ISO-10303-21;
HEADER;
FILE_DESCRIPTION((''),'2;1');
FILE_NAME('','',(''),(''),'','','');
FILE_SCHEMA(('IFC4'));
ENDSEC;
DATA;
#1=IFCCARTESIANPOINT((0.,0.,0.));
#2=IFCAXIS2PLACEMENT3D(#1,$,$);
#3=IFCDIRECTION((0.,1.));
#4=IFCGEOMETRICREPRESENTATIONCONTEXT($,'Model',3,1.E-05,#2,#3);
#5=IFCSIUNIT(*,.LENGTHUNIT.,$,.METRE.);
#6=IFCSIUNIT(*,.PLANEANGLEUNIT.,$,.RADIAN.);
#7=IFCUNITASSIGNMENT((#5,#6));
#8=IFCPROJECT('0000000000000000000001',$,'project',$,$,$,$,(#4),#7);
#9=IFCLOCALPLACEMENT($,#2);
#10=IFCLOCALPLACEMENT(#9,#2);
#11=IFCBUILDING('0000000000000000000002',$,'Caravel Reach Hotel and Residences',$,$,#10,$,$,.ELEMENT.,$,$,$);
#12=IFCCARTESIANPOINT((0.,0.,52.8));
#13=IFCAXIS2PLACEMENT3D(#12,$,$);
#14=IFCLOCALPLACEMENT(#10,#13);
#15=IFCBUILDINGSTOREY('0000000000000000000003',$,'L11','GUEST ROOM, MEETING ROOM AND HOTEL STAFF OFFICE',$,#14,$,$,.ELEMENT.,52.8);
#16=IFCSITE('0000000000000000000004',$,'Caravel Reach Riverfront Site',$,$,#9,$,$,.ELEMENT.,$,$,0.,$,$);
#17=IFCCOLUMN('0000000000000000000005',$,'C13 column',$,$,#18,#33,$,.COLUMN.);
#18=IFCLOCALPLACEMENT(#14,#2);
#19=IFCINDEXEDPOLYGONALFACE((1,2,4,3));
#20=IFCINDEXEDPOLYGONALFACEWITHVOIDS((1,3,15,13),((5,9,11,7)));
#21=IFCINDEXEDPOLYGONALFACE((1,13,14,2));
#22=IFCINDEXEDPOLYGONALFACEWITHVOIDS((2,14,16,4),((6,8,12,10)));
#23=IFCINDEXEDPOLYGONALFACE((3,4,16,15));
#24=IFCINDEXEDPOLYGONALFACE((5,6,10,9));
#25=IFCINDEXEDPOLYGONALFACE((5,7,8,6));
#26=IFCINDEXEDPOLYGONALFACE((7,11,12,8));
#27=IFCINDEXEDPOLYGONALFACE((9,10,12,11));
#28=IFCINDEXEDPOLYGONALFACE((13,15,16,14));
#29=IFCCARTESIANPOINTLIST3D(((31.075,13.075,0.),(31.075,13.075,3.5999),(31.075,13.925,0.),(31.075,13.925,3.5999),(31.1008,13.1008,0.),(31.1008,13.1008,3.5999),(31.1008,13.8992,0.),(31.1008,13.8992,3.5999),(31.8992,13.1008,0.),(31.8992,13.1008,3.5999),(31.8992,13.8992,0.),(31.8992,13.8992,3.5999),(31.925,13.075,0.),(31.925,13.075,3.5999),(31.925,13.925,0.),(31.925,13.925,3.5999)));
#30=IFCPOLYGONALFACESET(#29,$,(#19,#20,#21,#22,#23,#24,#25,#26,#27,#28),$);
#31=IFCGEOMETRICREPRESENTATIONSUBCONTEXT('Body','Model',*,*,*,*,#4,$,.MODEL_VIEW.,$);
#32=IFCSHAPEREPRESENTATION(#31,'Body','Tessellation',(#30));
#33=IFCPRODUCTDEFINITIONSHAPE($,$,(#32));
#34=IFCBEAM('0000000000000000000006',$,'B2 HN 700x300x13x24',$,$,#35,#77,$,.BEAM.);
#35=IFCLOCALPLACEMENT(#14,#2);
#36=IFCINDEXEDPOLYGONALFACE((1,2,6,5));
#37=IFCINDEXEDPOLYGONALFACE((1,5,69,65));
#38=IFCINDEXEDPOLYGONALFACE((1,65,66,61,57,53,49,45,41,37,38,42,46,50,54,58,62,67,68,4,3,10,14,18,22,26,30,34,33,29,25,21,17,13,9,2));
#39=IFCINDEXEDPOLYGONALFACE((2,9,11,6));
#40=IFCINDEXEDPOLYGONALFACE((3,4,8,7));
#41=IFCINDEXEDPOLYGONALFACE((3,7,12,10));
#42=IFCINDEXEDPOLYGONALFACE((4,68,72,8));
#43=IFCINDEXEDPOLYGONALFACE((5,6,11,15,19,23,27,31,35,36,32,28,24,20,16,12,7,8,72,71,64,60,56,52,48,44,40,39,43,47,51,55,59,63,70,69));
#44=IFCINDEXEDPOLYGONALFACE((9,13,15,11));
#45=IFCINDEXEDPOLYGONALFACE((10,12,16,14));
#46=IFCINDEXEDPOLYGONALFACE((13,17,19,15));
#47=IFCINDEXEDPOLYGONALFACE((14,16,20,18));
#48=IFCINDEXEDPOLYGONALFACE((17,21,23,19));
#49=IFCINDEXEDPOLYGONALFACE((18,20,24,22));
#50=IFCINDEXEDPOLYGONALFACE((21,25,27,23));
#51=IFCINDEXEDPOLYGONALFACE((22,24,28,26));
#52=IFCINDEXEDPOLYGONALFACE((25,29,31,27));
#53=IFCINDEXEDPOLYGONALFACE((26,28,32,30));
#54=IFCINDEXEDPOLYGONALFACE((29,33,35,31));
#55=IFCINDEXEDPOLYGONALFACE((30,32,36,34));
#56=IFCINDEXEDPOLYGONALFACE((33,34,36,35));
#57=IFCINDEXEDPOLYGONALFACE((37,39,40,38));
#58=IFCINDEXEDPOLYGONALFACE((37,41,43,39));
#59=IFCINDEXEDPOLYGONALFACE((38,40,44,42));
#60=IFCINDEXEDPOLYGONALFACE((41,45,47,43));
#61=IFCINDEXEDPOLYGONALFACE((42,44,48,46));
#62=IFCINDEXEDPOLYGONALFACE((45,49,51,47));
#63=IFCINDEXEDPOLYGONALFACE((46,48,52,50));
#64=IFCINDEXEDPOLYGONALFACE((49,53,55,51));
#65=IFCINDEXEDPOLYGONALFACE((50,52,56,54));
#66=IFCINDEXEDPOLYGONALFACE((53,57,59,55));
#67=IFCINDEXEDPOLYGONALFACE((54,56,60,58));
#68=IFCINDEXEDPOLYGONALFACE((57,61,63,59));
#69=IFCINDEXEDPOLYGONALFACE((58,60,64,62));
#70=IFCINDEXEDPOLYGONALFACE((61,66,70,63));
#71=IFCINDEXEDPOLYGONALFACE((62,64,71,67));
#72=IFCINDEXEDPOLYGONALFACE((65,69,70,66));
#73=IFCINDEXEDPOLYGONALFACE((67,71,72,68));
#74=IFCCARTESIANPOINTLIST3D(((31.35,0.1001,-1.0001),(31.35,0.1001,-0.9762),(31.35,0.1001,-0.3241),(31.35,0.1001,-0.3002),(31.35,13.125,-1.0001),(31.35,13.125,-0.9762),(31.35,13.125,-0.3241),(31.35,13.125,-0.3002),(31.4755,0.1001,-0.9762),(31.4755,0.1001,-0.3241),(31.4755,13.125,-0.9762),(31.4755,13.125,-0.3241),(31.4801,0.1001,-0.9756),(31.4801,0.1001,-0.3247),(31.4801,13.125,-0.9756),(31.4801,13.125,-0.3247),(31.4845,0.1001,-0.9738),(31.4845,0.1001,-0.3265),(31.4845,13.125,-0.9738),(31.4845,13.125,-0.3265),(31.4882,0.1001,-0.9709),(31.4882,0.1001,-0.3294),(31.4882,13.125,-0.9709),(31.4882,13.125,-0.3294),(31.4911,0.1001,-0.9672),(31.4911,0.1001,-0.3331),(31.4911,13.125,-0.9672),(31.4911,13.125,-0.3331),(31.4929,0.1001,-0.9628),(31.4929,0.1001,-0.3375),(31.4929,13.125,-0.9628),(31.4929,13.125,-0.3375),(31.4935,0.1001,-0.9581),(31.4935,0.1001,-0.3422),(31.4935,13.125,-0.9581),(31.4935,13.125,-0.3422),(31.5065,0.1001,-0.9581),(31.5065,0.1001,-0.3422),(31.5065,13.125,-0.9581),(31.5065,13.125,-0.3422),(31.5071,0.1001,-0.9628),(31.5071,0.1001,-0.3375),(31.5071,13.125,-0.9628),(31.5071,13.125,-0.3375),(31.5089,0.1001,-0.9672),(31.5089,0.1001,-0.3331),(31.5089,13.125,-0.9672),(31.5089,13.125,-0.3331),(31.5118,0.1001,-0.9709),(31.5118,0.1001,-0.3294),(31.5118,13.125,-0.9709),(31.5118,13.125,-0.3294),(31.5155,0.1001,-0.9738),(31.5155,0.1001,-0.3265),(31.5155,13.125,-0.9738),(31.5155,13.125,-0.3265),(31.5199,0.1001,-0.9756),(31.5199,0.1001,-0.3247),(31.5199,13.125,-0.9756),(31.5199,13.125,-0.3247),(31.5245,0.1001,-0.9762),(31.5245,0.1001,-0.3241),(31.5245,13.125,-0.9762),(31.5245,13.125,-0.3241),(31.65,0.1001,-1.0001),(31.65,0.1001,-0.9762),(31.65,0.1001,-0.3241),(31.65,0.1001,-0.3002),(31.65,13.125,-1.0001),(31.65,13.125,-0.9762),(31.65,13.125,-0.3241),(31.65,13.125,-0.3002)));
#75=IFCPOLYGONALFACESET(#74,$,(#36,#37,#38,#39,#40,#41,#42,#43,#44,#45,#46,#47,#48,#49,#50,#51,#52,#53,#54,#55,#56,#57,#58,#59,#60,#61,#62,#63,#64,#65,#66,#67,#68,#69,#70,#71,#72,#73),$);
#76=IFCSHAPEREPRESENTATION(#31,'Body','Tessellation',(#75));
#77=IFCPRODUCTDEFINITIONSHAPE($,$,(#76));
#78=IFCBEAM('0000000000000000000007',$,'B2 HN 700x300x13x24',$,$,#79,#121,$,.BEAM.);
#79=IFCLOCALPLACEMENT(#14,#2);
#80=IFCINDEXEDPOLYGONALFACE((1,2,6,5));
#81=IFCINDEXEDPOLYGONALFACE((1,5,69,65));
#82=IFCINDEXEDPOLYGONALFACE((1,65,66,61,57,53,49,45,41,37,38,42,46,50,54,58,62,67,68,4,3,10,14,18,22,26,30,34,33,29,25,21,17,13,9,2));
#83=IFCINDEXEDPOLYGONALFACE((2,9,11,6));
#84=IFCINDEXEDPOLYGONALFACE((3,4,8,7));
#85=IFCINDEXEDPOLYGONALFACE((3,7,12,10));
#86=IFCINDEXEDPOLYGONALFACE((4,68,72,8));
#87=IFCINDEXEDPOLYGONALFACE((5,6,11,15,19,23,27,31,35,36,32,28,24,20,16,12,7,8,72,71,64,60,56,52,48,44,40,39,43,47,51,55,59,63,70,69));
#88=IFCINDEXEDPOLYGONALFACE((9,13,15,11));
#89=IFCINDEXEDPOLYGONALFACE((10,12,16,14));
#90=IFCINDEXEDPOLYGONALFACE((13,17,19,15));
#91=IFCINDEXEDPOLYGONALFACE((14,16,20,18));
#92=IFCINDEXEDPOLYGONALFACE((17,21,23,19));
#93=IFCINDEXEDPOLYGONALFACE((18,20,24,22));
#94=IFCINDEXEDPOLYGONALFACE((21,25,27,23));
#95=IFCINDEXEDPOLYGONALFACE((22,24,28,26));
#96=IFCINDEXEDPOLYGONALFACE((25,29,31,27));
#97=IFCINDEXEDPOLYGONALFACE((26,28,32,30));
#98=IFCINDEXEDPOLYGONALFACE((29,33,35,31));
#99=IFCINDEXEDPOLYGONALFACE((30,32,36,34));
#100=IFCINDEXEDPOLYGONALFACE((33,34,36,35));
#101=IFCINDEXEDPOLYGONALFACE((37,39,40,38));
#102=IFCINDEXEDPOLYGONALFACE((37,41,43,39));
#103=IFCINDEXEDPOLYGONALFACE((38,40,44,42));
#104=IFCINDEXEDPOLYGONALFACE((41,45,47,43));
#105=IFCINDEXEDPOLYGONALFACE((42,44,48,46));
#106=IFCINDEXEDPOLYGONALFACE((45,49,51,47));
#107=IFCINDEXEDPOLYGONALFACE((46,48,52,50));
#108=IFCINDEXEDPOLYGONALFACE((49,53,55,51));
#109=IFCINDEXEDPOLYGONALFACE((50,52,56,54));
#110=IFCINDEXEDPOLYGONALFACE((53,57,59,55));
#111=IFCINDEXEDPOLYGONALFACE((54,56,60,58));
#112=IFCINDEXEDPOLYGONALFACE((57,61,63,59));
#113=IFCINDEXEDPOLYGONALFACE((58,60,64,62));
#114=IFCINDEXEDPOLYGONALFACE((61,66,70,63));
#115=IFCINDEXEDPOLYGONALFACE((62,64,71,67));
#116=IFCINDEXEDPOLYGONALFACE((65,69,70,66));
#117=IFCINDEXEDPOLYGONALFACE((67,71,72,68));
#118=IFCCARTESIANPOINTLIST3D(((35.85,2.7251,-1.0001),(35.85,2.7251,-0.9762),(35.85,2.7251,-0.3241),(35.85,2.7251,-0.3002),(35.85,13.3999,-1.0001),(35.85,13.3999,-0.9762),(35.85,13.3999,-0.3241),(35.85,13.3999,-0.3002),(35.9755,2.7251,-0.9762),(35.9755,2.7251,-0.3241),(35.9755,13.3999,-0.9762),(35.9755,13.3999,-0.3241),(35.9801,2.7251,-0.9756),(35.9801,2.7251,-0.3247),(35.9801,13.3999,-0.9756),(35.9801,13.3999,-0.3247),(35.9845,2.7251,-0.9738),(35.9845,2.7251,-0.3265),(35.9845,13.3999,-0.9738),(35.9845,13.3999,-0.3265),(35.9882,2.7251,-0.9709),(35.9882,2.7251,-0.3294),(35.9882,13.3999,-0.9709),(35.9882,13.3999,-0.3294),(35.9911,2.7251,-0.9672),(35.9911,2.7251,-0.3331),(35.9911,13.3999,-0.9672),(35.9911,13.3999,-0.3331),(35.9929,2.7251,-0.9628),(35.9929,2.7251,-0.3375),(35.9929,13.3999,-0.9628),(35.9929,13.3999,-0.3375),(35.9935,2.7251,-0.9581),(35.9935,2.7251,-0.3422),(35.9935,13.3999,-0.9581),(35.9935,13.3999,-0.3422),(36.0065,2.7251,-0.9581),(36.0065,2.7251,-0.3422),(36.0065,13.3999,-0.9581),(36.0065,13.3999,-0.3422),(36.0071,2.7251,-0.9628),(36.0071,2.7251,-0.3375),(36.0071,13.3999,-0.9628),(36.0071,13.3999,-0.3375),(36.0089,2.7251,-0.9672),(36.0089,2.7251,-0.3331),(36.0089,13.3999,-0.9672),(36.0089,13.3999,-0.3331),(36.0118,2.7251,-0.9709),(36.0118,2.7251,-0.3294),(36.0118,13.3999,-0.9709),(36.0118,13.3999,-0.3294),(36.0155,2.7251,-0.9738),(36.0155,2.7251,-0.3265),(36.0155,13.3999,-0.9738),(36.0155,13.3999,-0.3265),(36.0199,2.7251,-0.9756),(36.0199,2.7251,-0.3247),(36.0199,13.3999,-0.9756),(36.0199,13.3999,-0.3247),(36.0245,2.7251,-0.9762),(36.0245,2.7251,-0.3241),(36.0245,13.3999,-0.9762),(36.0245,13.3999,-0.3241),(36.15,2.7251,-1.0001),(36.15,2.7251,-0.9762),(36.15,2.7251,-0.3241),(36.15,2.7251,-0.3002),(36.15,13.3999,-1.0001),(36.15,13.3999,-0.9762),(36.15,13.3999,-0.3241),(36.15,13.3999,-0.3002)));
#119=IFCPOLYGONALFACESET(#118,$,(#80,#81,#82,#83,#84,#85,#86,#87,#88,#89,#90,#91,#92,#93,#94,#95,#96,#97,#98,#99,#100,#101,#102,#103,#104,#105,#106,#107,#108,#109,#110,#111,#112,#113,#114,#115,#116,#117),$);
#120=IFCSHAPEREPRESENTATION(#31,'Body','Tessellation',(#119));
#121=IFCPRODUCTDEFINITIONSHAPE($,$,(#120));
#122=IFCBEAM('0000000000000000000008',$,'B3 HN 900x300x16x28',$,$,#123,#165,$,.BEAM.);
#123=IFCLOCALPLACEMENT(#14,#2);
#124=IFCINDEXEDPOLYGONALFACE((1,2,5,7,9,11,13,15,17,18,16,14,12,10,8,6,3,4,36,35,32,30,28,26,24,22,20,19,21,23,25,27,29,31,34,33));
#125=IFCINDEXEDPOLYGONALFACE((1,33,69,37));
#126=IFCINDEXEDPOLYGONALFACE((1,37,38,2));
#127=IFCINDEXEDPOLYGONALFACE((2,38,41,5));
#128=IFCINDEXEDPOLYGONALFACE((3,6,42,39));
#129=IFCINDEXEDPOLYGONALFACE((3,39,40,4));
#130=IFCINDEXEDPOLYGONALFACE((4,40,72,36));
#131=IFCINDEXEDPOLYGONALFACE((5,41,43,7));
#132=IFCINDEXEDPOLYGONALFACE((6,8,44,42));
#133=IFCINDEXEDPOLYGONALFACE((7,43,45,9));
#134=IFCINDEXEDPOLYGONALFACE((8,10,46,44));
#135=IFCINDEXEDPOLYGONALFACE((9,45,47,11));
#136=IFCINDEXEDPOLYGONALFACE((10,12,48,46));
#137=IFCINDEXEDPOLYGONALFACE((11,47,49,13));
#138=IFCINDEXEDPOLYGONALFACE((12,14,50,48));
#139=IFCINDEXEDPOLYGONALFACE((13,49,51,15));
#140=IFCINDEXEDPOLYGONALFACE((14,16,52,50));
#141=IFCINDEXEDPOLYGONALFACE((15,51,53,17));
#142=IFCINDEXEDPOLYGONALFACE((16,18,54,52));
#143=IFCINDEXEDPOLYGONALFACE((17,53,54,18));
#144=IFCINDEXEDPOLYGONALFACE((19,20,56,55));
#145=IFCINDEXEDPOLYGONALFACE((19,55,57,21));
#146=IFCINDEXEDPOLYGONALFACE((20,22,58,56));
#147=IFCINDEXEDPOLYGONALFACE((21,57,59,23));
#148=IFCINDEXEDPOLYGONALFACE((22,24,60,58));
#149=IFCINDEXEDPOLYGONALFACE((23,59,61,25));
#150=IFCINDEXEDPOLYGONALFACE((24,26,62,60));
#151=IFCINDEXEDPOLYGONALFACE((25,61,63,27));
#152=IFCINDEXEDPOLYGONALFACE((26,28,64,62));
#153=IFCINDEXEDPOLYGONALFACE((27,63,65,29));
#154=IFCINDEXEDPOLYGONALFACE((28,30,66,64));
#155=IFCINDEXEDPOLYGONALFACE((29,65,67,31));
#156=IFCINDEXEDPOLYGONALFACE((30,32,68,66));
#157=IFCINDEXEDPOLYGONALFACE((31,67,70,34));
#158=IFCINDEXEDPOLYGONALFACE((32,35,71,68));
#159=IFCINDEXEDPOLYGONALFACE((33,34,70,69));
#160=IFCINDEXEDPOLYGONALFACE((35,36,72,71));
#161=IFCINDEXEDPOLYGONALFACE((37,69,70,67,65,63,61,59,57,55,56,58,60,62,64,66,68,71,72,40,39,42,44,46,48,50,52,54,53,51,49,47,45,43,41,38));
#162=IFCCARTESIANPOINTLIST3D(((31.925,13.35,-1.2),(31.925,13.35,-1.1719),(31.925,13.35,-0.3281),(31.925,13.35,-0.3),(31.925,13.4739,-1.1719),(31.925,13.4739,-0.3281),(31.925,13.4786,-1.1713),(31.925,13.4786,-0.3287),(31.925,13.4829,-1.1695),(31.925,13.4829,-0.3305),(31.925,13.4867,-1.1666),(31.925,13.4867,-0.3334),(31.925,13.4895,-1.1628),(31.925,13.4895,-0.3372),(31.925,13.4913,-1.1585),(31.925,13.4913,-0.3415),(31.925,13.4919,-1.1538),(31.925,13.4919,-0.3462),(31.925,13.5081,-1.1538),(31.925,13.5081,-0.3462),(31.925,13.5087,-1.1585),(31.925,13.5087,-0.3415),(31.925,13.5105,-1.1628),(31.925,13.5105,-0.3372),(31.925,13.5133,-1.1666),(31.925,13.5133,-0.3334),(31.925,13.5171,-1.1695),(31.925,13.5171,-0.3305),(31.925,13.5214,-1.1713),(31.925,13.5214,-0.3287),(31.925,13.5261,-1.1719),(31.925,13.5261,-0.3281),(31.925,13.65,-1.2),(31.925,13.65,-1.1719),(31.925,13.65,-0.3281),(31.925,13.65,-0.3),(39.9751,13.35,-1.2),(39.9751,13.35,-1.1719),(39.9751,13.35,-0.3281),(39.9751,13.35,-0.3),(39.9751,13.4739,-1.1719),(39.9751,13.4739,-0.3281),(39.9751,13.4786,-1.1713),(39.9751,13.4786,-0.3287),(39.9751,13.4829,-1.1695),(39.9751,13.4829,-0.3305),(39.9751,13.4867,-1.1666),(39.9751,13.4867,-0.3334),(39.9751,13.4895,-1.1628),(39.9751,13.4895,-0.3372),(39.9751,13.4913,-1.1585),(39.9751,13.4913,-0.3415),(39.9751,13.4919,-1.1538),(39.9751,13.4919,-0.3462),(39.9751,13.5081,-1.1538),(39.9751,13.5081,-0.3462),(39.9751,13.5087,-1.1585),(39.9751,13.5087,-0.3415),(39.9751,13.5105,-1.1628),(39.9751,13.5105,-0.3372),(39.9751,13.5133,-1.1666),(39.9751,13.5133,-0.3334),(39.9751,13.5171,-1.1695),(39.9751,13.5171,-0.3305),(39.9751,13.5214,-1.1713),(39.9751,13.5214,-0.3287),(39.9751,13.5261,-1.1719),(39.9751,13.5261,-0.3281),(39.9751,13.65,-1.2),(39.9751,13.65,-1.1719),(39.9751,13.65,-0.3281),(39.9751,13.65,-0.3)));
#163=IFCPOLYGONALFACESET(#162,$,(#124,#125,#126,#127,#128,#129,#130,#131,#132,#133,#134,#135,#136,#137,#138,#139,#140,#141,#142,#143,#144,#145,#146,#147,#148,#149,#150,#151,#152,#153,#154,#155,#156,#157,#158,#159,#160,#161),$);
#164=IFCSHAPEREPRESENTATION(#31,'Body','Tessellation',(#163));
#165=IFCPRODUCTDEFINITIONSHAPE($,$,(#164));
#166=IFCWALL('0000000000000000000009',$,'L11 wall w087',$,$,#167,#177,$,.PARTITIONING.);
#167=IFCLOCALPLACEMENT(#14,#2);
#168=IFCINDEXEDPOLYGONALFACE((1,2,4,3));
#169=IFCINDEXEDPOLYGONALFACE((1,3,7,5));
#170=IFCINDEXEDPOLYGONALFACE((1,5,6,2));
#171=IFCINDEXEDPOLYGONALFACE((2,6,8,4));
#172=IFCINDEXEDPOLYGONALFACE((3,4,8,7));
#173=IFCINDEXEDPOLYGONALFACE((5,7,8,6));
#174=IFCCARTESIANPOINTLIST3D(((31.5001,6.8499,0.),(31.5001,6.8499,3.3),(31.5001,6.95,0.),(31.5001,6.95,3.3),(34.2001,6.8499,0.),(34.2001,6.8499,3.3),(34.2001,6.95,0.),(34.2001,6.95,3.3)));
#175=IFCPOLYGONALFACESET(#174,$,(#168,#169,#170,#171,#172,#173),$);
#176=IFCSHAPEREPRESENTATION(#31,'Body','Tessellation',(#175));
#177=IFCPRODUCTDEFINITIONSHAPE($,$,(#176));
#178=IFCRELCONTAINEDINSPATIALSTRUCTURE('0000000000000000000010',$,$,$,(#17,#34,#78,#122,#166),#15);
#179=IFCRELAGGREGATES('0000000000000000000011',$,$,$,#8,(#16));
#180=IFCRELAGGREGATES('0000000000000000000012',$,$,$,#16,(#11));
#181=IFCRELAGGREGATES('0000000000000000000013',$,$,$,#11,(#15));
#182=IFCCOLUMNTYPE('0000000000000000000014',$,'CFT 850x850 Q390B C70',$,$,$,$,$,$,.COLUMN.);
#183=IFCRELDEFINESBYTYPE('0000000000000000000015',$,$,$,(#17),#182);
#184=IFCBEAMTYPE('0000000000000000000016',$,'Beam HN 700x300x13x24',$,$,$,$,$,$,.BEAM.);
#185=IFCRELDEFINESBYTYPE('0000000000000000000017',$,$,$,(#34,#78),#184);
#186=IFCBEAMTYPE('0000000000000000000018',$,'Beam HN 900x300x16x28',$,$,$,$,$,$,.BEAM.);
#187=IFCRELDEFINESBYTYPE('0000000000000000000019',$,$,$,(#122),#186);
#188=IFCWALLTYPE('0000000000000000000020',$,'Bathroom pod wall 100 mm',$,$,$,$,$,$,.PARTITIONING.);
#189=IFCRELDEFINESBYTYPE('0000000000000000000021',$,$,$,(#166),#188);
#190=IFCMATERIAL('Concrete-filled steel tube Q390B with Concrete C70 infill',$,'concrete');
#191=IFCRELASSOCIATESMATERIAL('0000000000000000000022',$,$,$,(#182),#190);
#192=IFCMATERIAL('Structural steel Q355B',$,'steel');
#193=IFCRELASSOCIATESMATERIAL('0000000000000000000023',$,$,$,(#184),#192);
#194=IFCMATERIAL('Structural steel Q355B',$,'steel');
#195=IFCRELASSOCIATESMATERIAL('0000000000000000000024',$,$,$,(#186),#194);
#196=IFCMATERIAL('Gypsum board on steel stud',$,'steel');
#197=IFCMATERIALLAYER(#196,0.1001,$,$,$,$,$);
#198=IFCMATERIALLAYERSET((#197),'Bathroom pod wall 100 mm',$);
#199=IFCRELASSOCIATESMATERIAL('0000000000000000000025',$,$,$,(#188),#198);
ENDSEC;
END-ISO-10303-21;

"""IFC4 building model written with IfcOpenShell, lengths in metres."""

from ifc_helpers import new_model, si_unit, direction, frame, frame_2d, origin, origin_2d, place, context, subcontext, project, spatial, rectangle, hollow_rectangle, i_section, extrude, material, layer, layer_set, material_profile, profile_set, type_object, element, save


model = new_model("IFC4")

# Units and contexts
model_context = context("Model", 3, precision=1e-05, world=origin(), true_north=direction((0.0, 1.0)))
body_context = subcontext(model_context, "Body", "Model", "MODEL_VIEW")
ifc_project = project(units=[si_unit("LENGTHUNIT", "METRE"), si_unit("PLANEANGLEUNIT", "RADIAN")], contexts=[model_context])

# Site, building, storey
site_placement = place(None, origin())
site = spatial("IfcSite", under=ifc_project, at=site_placement, Name="Caravel Reach Riverfront Site", CompositionType="ELEMENT", RefElevation=0.0)
building_placement = place(site_placement, origin())
building = spatial("IfcBuilding", under=site, at=building_placement, Name="Caravel Reach Hotel and Residences", CompositionType="ELEMENT")
storey_placement = place(building_placement, frame((0.0, 0.0, 52.8)))
storey = spatial("IfcBuildingStorey", under=building, at=storey_placement, Name="L11", Description="GUEST ROOM, MEETING ROOM AND HOTEL STAFF OFFICE", CompositionType="ELEMENT", Elevation=52.8)

# Column
ifc_material_1 = material(Name="Concrete-filled steel tube Q390B with Concrete C70 infill", Category="concrete")
ifc_material_profile_1 = material_profile(ifc_material_1, hollow_rectangle(XDim=0.8501, YDim=0.8501, WallThickness=0.0259, at=origin_2d()), Name="RHS 850x850x26")
ifc_profile_set_1 = profile_set([ifc_material_profile_1], Name="Concrete-filled steel tube Q390B with Concrete C70 infill")
column_type = type_object("IfcColumnType", Name="CFT 850x850 Q390B C70", PredefinedType="COLUMN", material=ifc_profile_set_1)
column_placement = place(storey_placement, frame((31.5, 13.5, 0.0), z_axis=(0.0, 0.0, 1.0), x_axis=(1.0, 0.0, 0.0)))
element("IfcColumn", 1, at=column_placement, inside=storey, type_object=column_type, Name="C13 column", PredefinedType="COLUMN", context=body_context, shape_type="SweptSolid", body=[
    extrude(hollow_rectangle(XDim=0.8501, YDim=0.8501, WallThickness=0.0259, at=origin_2d()), origin(), (0.0, 0.0, 1.0), 3.5999),
])

# Beams
ifc_material_2 = material(Name="Structural steel Q355B", Category="steel")
ifc_material_profile_2 = material_profile(ifc_material_2, i_section(OverallWidth=0.3, OverallDepth=0.7, WebThickness=0.0129, FlangeThickness=0.0239, FilletRadius=0.0181, at=origin_2d()), Name="HN 700x300x13x24")
ifc_profile_set_2 = profile_set([ifc_material_profile_2], Name="Structural steel Q355B")
beam_type_1 = type_object("IfcBeamType", Name="Beam HN 700x300x13x24", PredefinedType="BEAM", material=ifc_profile_set_2)
beam_1_placement = place(storey_placement, frame((31.5, 13.125, -0.6501), z_axis=(0.0, -1.0, 0.0), x_axis=(1.0, 0.0, 0.0)))
element("IfcBeam", 2, at=beam_1_placement, inside=storey, type_object=beam_type_1, Name="B2 HN 700x300x13x24", PredefinedType="BEAM", context=body_context, shape_type="SweptSolid", body=[
    extrude(i_section(OverallWidth=0.3, OverallDepth=0.7, WebThickness=0.0129, FlangeThickness=0.0239, FilletRadius=0.0181, at=origin_2d()), origin(), (0.0, 0.0, 1.0), 13.0249),
])
beam_2_placement = place(storey_placement, frame((36.0, 13.3999, -0.6501), z_axis=(0.0, -1.0, 0.0), x_axis=(1.0, 0.0, 0.0)))
element("IfcBeam", 3, at=beam_2_placement, inside=storey, type_object=beam_type_1, Name="B2 HN 700x300x13x24", PredefinedType="BEAM", context=body_context, shape_type="SweptSolid", body=[
    extrude(i_section(OverallWidth=0.3, OverallDepth=0.7, WebThickness=0.0129, FlangeThickness=0.0239, FilletRadius=0.0181, at=origin_2d()), origin(), (0.0, 0.0, 1.0), 10.6748),
])
ifc_material_3 = material(Name="Structural steel Q355B", Category="steel")
ifc_material_profile_3 = material_profile(ifc_material_3, i_section(OverallWidth=0.3, OverallDepth=0.8999, WebThickness=0.0161, FlangeThickness=0.0281, FilletRadius=0.0181, at=origin_2d()), Name="HN 900x300x16x28")
ifc_profile_set_3 = profile_set([ifc_material_profile_3], Name="Structural steel Q355B")
beam_type_2 = type_object("IfcBeamType", Name="Beam HN 900x300x16x28", PredefinedType="BEAM", material=ifc_profile_set_3)
beam_3_placement = place(storey_placement, frame((31.925, 13.5, -0.75), z_axis=(1.0, 0.0, 0.0), x_axis=(0.0, 1.0, 0.0)))
element("IfcBeam", 4, at=beam_3_placement, inside=storey, type_object=beam_type_2, Name="B3 HN 900x300x16x28", PredefinedType="BEAM", context=body_context, shape_type="SweptSolid", body=[
    extrude(i_section(OverallWidth=0.3, OverallDepth=0.8999, WebThickness=0.0161, FlangeThickness=0.0281, FilletRadius=0.0181, at=origin_2d()), origin(), (0.0, 0.0, 1.0), 8.05),
])

# Wall
ifc_material_4 = material(Name="Gypsum board on steel stud", Category="steel")
ifc_layer_1 = layer(ifc_material_4, 0.1001)
ifc_layer_set_1 = layer_set([ifc_layer_1], Name="Bathroom pod wall 100 mm")
wall_type_1 = type_object("IfcWallType", Name="Bathroom pod wall 100 mm", PredefinedType="PARTITIONING", material=ifc_layer_set_1)
wall_1_placement = place(storey_placement, frame((31.5, 6.8999, 0.0), z_axis=(0.0, 0.0, 1.0), x_axis=(1.0, 0.0, 0.0)))
element("IfcWall", 5, at=wall_1_placement, inside=storey, type_object=wall_type_1, Name="L11 wall w087", PredefinedType="PARTITIONING", context=body_context, shape_type="SweptSolid", body=[
    extrude(rectangle(XDim=2.7, YDim=0.1001, at=frame_2d((1.3501, 0.0))), origin(), (0.0, 0.0, 1.0), 3.3),
])

save(model, "model.ifc")
